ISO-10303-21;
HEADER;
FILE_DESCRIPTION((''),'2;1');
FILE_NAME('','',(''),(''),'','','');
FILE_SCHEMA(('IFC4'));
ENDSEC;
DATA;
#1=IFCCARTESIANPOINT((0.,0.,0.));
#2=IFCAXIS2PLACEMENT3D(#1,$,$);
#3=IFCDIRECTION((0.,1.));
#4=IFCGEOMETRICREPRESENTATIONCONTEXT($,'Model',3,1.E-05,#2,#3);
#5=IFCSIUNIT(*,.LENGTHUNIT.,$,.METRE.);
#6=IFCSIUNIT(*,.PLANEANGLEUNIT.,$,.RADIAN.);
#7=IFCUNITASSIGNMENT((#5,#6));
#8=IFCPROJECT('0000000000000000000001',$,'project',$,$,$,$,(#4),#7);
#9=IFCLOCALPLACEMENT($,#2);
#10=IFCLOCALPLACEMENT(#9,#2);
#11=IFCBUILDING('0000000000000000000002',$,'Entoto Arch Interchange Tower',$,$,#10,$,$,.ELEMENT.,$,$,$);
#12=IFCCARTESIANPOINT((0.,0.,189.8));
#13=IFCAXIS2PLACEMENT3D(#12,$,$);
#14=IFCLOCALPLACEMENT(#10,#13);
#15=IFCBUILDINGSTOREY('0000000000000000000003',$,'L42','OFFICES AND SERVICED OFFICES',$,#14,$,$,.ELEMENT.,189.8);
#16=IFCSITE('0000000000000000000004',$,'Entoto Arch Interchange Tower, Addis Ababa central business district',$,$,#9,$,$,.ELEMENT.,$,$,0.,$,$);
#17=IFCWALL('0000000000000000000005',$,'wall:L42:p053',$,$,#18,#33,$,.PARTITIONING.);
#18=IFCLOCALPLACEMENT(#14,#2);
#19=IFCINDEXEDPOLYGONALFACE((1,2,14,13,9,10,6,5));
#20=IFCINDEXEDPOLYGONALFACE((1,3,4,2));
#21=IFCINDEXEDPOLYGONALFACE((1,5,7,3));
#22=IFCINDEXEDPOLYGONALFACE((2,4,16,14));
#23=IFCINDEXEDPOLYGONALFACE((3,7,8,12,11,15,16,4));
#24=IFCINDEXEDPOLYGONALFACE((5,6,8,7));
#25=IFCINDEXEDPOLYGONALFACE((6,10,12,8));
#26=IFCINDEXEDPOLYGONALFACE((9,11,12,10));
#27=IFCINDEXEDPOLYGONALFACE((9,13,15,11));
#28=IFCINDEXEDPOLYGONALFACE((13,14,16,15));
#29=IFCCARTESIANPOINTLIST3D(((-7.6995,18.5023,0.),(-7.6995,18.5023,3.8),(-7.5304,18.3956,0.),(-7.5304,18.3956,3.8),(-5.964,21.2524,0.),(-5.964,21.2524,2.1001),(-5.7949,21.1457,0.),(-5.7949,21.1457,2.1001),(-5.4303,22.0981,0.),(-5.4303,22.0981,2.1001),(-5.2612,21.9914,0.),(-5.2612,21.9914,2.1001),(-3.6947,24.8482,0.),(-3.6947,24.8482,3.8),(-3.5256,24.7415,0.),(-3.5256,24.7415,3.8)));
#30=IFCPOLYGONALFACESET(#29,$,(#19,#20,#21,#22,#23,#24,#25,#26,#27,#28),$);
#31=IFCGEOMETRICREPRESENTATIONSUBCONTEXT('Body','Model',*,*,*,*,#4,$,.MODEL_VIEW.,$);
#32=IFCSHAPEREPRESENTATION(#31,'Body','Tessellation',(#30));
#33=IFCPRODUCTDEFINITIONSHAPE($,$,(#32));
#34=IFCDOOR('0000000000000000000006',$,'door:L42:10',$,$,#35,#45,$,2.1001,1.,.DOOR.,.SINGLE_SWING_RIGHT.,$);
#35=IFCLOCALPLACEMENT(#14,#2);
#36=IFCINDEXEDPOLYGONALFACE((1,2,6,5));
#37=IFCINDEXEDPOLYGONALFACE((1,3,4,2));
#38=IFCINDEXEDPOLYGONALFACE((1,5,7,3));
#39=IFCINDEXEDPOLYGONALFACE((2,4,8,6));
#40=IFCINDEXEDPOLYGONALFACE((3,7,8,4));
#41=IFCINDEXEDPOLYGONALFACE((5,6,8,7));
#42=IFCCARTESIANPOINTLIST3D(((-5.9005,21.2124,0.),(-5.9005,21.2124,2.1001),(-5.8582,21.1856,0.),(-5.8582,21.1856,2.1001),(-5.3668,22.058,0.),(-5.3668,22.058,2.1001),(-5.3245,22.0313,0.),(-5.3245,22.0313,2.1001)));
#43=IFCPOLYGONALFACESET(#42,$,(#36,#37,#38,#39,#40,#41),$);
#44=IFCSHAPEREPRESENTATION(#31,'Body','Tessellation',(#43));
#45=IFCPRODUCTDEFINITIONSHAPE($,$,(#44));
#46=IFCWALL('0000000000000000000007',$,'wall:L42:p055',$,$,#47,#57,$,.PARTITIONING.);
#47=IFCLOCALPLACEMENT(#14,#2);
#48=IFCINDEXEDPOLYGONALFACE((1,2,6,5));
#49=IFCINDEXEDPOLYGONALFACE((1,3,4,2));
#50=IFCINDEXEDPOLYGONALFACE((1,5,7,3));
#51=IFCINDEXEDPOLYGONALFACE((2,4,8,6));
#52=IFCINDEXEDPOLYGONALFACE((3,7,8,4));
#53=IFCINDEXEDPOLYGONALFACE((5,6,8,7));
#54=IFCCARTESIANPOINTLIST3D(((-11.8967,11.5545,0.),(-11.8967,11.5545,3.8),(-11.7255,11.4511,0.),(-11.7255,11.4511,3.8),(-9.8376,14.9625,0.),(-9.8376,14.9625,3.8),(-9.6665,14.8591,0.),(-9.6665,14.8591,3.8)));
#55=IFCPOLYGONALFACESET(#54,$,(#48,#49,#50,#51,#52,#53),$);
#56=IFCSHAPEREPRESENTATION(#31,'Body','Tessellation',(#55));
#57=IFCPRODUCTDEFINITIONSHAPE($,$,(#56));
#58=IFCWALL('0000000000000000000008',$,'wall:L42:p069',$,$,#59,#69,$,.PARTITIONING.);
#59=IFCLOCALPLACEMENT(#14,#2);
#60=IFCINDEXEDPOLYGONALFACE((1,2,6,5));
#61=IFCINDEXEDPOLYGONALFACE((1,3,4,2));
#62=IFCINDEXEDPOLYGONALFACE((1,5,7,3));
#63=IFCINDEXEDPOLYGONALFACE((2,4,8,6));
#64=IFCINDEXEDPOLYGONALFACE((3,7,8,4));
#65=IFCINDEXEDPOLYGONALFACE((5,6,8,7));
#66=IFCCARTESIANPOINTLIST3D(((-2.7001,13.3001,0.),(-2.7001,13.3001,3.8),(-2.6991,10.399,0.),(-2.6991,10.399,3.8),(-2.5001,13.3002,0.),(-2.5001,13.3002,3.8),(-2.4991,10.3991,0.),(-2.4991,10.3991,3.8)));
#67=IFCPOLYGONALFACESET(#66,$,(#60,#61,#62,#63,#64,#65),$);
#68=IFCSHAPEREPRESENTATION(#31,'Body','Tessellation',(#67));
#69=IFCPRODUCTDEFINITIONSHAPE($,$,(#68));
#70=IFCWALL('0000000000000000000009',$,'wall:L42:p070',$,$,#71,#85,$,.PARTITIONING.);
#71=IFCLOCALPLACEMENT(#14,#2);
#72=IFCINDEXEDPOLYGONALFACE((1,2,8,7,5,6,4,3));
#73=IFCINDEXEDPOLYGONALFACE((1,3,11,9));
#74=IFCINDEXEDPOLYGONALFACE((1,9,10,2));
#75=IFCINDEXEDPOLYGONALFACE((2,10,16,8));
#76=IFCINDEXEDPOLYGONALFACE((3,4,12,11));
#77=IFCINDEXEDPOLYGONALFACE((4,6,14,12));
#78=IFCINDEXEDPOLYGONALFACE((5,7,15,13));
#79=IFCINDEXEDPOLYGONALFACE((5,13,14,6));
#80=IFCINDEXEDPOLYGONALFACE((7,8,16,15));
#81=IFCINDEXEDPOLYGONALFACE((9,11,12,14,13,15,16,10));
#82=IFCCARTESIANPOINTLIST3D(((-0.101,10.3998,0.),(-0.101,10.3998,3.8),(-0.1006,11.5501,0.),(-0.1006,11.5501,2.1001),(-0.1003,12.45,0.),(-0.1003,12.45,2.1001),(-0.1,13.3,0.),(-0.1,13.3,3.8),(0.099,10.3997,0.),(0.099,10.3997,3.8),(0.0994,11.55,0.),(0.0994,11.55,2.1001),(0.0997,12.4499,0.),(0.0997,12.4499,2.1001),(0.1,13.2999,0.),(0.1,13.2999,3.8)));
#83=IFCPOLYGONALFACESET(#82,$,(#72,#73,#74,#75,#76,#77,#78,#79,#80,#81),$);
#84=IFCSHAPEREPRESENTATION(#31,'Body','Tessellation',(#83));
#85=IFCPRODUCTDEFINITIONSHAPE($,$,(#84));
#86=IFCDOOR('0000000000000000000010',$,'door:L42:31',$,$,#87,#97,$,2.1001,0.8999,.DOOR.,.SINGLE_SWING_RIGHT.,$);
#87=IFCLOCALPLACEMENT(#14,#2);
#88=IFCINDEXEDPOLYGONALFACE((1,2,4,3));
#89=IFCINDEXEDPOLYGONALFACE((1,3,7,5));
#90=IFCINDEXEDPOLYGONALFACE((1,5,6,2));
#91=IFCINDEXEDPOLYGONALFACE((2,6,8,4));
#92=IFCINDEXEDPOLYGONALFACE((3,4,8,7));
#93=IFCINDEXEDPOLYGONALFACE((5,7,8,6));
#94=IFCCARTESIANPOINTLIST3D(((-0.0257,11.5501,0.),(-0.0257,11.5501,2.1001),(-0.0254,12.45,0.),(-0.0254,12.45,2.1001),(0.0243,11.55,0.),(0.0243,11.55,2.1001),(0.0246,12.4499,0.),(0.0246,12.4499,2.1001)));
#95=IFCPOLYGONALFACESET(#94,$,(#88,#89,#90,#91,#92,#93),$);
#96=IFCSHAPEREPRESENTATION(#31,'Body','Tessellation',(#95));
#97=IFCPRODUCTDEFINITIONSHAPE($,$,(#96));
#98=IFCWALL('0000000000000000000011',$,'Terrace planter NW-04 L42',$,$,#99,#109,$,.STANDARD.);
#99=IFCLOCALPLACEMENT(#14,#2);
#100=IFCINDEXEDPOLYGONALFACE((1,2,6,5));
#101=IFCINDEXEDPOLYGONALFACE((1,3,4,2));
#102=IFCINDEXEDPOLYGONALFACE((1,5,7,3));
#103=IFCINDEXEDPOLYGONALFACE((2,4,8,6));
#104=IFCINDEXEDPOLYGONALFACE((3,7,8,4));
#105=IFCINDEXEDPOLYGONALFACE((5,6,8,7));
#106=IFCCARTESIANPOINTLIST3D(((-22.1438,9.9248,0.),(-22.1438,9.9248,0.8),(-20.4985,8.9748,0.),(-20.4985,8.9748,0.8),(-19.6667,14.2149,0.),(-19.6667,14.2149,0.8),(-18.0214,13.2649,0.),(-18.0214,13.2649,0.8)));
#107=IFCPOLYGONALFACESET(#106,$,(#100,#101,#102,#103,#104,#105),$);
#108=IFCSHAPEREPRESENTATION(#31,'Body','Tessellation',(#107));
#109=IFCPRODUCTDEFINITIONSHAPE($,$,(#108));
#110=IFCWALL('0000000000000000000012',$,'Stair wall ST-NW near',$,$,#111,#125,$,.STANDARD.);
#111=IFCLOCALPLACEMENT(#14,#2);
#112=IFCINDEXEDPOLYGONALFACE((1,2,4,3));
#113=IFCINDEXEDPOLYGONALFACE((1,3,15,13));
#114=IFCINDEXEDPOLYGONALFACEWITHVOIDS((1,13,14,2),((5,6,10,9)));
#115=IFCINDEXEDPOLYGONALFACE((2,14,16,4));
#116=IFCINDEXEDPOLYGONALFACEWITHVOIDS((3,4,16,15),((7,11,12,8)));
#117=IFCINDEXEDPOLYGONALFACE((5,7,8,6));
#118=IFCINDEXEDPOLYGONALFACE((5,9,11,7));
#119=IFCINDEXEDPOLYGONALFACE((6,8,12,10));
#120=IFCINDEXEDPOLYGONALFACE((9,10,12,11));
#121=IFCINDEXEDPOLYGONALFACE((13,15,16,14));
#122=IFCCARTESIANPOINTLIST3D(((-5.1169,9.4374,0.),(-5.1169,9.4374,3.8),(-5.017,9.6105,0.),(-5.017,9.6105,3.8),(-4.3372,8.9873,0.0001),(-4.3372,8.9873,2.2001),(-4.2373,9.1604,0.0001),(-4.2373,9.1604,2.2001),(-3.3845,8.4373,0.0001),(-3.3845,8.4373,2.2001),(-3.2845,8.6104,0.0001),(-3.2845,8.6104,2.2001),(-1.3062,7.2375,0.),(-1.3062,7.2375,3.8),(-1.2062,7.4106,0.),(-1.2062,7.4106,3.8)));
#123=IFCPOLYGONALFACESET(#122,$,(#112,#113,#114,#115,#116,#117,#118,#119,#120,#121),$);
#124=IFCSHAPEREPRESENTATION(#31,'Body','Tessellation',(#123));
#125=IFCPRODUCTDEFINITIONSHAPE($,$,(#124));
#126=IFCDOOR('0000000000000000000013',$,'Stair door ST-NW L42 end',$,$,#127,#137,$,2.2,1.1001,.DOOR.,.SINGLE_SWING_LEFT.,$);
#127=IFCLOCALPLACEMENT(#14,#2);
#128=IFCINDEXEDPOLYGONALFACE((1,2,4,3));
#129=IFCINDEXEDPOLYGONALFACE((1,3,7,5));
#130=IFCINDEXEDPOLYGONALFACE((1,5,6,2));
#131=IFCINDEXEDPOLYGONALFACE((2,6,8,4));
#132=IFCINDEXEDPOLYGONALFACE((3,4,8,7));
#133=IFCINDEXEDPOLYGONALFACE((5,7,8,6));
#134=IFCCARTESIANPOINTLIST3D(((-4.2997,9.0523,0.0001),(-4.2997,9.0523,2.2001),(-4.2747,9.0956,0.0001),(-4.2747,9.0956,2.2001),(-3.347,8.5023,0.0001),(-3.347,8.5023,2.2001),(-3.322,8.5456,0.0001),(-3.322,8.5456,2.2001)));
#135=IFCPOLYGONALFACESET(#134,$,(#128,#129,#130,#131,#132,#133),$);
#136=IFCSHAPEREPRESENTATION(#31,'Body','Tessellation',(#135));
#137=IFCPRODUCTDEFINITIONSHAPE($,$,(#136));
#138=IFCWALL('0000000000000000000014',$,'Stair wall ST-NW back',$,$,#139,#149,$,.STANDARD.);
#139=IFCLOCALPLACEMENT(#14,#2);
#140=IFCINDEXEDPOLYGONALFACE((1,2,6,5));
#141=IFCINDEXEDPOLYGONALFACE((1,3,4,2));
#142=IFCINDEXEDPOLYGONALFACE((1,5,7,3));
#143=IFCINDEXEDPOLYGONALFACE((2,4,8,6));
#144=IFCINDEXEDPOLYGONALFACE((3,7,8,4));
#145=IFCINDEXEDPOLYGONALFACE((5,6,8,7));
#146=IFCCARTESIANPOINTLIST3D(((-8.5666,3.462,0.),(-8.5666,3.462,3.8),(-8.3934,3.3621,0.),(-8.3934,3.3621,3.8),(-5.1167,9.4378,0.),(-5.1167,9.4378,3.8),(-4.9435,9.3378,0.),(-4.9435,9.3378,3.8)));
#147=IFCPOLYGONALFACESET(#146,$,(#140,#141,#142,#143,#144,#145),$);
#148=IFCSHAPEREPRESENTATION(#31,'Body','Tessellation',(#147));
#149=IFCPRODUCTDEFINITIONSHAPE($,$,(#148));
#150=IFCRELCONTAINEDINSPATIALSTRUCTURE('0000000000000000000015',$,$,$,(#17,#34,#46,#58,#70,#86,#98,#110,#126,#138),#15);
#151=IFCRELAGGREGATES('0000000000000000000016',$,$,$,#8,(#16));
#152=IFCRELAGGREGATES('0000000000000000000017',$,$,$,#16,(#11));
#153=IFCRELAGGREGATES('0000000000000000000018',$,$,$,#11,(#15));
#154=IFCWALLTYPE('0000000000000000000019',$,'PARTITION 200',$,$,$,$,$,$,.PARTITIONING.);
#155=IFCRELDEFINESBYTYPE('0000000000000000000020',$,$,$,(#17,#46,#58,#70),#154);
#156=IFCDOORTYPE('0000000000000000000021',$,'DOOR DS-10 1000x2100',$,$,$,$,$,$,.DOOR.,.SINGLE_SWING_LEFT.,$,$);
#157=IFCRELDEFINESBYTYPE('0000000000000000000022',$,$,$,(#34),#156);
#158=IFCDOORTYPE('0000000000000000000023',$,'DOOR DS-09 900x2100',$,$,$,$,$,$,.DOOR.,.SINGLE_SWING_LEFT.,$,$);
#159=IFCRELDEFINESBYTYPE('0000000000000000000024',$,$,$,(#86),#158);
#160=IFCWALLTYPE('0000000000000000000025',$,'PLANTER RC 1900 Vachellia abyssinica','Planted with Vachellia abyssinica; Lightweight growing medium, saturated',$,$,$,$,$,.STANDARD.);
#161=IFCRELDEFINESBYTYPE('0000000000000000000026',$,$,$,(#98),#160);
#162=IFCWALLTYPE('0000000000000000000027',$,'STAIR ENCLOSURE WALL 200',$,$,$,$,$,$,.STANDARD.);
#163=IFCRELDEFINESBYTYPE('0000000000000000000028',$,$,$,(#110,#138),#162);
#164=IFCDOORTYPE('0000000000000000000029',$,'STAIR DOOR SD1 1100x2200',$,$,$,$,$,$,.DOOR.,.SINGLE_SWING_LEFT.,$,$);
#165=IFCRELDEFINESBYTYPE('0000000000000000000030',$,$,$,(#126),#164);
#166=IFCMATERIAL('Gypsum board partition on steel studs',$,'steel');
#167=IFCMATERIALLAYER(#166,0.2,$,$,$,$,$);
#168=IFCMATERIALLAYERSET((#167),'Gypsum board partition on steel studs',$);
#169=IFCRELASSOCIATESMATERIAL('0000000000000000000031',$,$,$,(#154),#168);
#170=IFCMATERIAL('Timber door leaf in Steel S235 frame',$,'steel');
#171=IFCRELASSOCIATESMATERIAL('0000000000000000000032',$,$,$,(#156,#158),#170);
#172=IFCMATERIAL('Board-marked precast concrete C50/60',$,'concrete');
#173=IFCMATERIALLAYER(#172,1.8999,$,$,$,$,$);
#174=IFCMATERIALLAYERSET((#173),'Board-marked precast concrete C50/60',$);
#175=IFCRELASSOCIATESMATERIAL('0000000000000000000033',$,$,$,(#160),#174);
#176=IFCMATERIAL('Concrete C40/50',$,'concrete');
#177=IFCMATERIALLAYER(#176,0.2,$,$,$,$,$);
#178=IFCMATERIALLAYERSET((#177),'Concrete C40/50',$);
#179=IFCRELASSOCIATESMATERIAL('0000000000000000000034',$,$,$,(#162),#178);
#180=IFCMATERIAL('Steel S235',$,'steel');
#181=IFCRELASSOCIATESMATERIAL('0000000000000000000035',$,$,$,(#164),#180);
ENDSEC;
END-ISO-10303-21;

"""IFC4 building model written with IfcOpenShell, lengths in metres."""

from ifc_helpers import new_model, si_unit, direction, frame, frame_2d, origin, place, context, subcontext, project, spatial, rectangle, extrude, material, layer, layer_set, type_object, element, fill, save


model = new_model("IFC4")

# Units and contexts
model_context = context("Model", 3, precision=1e-05, world=origin(), true_north=direction((0.0, 1.0)))
body_context = subcontext(model_context, "Body", "Model", "MODEL_VIEW")
ifc_project = project(units=[si_unit("LENGTHUNIT", "METRE"), si_unit("PLANEANGLEUNIT", "RADIAN")], contexts=[model_context])

# Site, building, storey
site_placement = place(None, origin())
site = spatial("IfcSite", under=ifc_project, at=site_placement, Name="Entoto Arch Interchange Tower, Addis Ababa central business district", CompositionType="ELEMENT", RefElevation=0.0)
building_placement = place(site_placement, origin())
building = spatial("IfcBuilding", under=site, at=building_placement, Name="Entoto Arch Interchange Tower", CompositionType="ELEMENT")
storey_placement = place(building_placement, frame((0.0, 0.0, 189.8)))
storey = spatial("IfcBuildingStorey", under=building, at=storey_placement, Name="L42", Description="OFFICES AND SERVICED OFFICES", CompositionType="ELEMENT", Elevation=189.8)

# Shared definitions
ifc_material_1 = material(Name="Concrete C40/50", Category="concrete")
ifc_material_2 = material(Name="Gypsum board partition on steel studs", Category="steel")

# Shared definitions
ifc_layer_1 = layer(ifc_material_2, 0.2)
ifc_layer_set_1 = layer_set([ifc_layer_1], Name="Gypsum board partition on steel studs")
wall_type_1 = type_object("IfcWallType", Name="PARTITION 200", PredefinedType="PARTITIONING", material=ifc_layer_set_1)
ifc_material_3 = material(Name="Timber door leaf in Steel S235 frame", Category="steel")
door_type_1 = type_object("IfcDoorType", Name="DOOR DS-10 1000x2100", OperationType="SINGLE_SWING_LEFT", PredefinedType="DOOR", material=ifc_material_3)

# Wall, opening, door
wall_1_placement = place(storey_placement, frame((-7.615, 18.449, 0.0), z_axis=(0.0, 0.0, 1.0), x_axis=(0.533699, 0.845674, 0.0)))
wall_1 = element("IfcWall", 1, at=wall_1_placement, inside=storey, type_object=wall_type_1, Name="wall:L42:p053", PredefinedType="PARTITIONING", context=body_context, shape_type="SweptSolid", body=[
    extrude(rectangle(XDim=7.5039, YDim=0.2, at=frame_2d((3.752, 0.0))), origin(), (0.0, 0.0, 1.0), 3.8),
])
opening_1_placement = place(wall_1_placement, frame((3.252, 0.0, 0.0)))
opening_1 = element("IfcOpeningElement", 2, at=opening_1_placement, cuts=wall_1, PredefinedType="OPENING", context=body_context, shape_type="SweptSolid", body=[
    extrude(rectangle(XDim=1.0, YDim=2.1001, at=frame_2d((0.5, 1.05))), frame((0.0, 0.1099, 0.0), z_axis=(0.0, -1.0, 0.0), x_axis=(1.0, 0.0, 0.0)), (0.0, 0.0, 1.0), 0.22),
])
door_1_placement = place(opening_1_placement, origin())
door_1 = element("IfcDoor", 3, at=door_1_placement, inside=storey, type_object=door_type_1, Name="door:L42:10", OperationType="SINGLE_SWING_RIGHT", OverallHeight=2.1001, OverallWidth=1.0, PredefinedType="DOOR", context=body_context, shape_type="SweptSolid", body=[
    extrude(rectangle(XDim=1.0, YDim=2.1001, at=frame_2d((0.5, 1.05))), frame((0.0, 0.0249, 0.0), z_axis=(0.0, -1.0, 0.0), x_axis=(1.0, 0.0, 0.0)), (0.0, 0.0, 1.0), 0.05),
])
fill(opening_1, door_1)

# Walls
wall_2_placement = place(storey_placement, frame((-11.811, 11.5029, 0.0), z_axis=(0.0, 0.0, 1.0), x_axis=(0.517135, 0.855904, 0.0)))
element("IfcWall", 4, at=wall_2_placement, inside=storey, type_object=wall_type_1, Name="wall:L42:p055", PredefinedType="PARTITIONING", context=body_context, shape_type="SweptSolid", body=[
    extrude(rectangle(XDim=3.9817, YDim=0.2, at=frame_2d((1.9907, 0.0))), origin(), (0.0, 0.0, 1.0), 3.8),
])
wall_3_placement = place(storey_placement, frame((-2.5991, 10.3989, 0.0), z_axis=(0.0, 0.0, 1.0), x_axis=(-0.000337, 1.0, 0.0)))
element("IfcWall", 5, at=wall_3_placement, inside=storey, type_object=wall_type_1, Name="wall:L42:p069", PredefinedType="PARTITIONING", context=body_context, shape_type="SweptSolid", body=[
    extrude(rectangle(XDim=2.9011, YDim=0.2, at=frame_2d((1.4507, 0.0))), origin(), (0.0, 0.0, 1.0), 3.8),
])

# Wall, opening, door
wall_4_placement = place(storey_placement, frame((0.0, 13.3, 0.0), z_axis=(0.0, 0.0, 1.0), x_axis=(-0.000337, -1.0, 0.0)))
wall_4 = element("IfcWall", 6, at=wall_4_placement, inside=storey, type_object=wall_type_1, Name="wall:L42:p070", PredefinedType="PARTITIONING", context=body_context, shape_type="SweptSolid", body=[
    extrude(rectangle(XDim=2.9001, YDim=0.2, at=frame_2d((1.4502, 0.0))), origin(), (0.0, 0.0, 1.0), 3.8),
])
opening_2_placement = place(wall_4_placement, frame((0.8501, 0.0, 0.0)))
opening_2 = element("IfcOpeningElement", 7, at=opening_2_placement, cuts=wall_4, PredefinedType="OPENING", context=body_context, shape_type="SweptSolid", body=[
    extrude(rectangle(XDim=0.8999, YDim=2.1001, at=frame_2d((0.45, 1.05))), frame((0.0, 0.1099, 0.0), z_axis=(0.0, -1.0, 0.0), x_axis=(1.0, 0.0, 0.0)), (0.0, 0.0, 1.0), 0.22),
])
door_type_2 = type_object("IfcDoorType", Name="DOOR DS-09 900x2100", OperationType="SINGLE_SWING_LEFT", PredefinedType="DOOR", material=ifc_material_3)
door_2_placement = place(opening_2_placement, origin())
door_2 = element("IfcDoor", 8, at=door_2_placement, inside=storey, type_object=door_type_2, Name="door:L42:31", OperationType="SINGLE_SWING_RIGHT", OverallHeight=2.1001, OverallWidth=0.8999, PredefinedType="DOOR", context=body_context, shape_type="SweptSolid", body=[
    extrude(rectangle(XDim=0.8999, YDim=2.1001, at=frame_2d((0.45, 1.05))), frame((0.0, 0.0249, 0.0), z_axis=(0.0, -1.0, 0.0), x_axis=(1.0, 0.0, 0.0)), (0.0, 0.0, 1.0), 0.05),
])
fill(opening_2, door_2)

# Wall
ifc_material_4 = material(Name="Board-marked precast concrete C50/60", Category="concrete")
ifc_layer_2 = layer(ifc_material_4, 1.8999)
ifc_layer_set_2 = layer_set([ifc_layer_2], Name="Board-marked precast concrete C50/60")
wall_type_2 = type_object("IfcWallType", Name="PLANTER RC 1900 Vachellia abyssinica", Description="Planted with Vachellia abyssinica; Lightweight growing medium, saturated", PredefinedType="STANDARD", material=ifc_layer_set_2)
wall_5_placement = place(storey_placement, frame((-18.844, 13.74, 0.0), z_axis=(0.0, 0.0, 1.0), x_axis=(-0.50003, -0.866008, 0.0)))
element("IfcWall", 9, at=wall_5_placement, inside=storey, type_object=wall_type_2, Name="Terrace planter NW-04 L42", PredefinedType="STANDARD", context=body_context, shape_type="SweptSolid", body=[
    extrude(rectangle(XDim=4.9539, YDim=1.8999, at=frame_2d((2.4771, 0.0))), origin(), (0.0, 0.0, 1.0), 0.8),
])

# Wall, opening, door
ifc_layer_3 = layer(ifc_material_1, 0.2)
ifc_layer_set_3 = layer_set([ifc_layer_3], Name="Concrete C40/50")
wall_type_3 = type_object("IfcWallType", Name="STAIR ENCLOSURE WALL 200", PredefinedType="STANDARD", material=ifc_layer_set_3)
wall_6_placement = place(storey_placement, frame((-1.2561, 7.324, 0.0), z_axis=(0.0, 0.0, 1.0), x_axis=(-0.866046, 0.499964, 0.0)))
wall_6 = element("IfcWall", 10, at=wall_6_placement, inside=storey, type_object=wall_type_3, Name="Stair wall ST-NW near", PredefinedType="STANDARD", context=body_context, shape_type="SweptSolid", body=[
    extrude(rectangle(XDim=4.4001, YDim=0.2, at=frame_2d((2.2002, 0.0))), origin(), (0.0, 0.0, 1.0), 3.8),
])
opening_3_placement = place(wall_6_placement, frame((2.3999, 0.0, 0.0)))
opening_3 = element("IfcOpeningElement", 11, at=opening_3_placement, cuts=wall_6, PredefinedType="OPENING", context=body_context, shape_type="SweptSolid", body=[
    extrude(rectangle(XDim=1.1001, YDim=2.2, at=frame_2d((0.55, 1.1001))), frame((0.0, 0.1099, 0.0), z_axis=(0.0, -1.0, 0.0), x_axis=(1.0, 0.0, 0.0)), (0.0, 0.0, 1.0), 0.22),
])
ifc_material_5 = material(Name="Steel S235", Category="steel")
door_type_3 = type_object("IfcDoorType", Name="STAIR DOOR SD1 1100x2200", OperationType="SINGLE_SWING_LEFT", PredefinedType="DOOR", material=ifc_material_5)
door_3_placement = place(opening_3_placement, origin())
door_3 = element("IfcDoor", 12, at=door_3_placement, inside=storey, type_object=door_type_3, Name="Stair door ST-NW L42 end", OperationType="SINGLE_SWING_LEFT", OverallHeight=2.2, OverallWidth=1.1001, PredefinedType="DOOR", context=body_context, shape_type="SweptSolid", body=[
    extrude(rectangle(XDim=1.1001, YDim=2.2, at=frame_2d((0.55, 1.1001))), frame((0.0, 0.0249, 0.0), z_axis=(0.0, -1.0, 0.0), x_axis=(1.0, 0.0, 0.0)), (0.0, 0.0, 1.0), 0.05),
])
fill(opening_3, door_3)

# Wall
wall_7_placement = place(storey_placement, frame((-5.03, 9.3879, 0.0), z_axis=(0.0, 0.0, 1.0), x_axis=(-0.499979, -0.866038, 0.0)))
element("IfcWall", 13, at=wall_7_placement, inside=storey, type_object=wall_type_3, Name="Stair wall ST-NW back", PredefinedType="STANDARD", context=body_context, shape_type="SweptSolid", body=[
    extrude(rectangle(XDim=6.9001, YDim=0.2, at=frame_2d((3.4502, 0.0))), origin(), (0.0, 0.0, 1.0), 3.8),
])

save(model, "model.ifc")
